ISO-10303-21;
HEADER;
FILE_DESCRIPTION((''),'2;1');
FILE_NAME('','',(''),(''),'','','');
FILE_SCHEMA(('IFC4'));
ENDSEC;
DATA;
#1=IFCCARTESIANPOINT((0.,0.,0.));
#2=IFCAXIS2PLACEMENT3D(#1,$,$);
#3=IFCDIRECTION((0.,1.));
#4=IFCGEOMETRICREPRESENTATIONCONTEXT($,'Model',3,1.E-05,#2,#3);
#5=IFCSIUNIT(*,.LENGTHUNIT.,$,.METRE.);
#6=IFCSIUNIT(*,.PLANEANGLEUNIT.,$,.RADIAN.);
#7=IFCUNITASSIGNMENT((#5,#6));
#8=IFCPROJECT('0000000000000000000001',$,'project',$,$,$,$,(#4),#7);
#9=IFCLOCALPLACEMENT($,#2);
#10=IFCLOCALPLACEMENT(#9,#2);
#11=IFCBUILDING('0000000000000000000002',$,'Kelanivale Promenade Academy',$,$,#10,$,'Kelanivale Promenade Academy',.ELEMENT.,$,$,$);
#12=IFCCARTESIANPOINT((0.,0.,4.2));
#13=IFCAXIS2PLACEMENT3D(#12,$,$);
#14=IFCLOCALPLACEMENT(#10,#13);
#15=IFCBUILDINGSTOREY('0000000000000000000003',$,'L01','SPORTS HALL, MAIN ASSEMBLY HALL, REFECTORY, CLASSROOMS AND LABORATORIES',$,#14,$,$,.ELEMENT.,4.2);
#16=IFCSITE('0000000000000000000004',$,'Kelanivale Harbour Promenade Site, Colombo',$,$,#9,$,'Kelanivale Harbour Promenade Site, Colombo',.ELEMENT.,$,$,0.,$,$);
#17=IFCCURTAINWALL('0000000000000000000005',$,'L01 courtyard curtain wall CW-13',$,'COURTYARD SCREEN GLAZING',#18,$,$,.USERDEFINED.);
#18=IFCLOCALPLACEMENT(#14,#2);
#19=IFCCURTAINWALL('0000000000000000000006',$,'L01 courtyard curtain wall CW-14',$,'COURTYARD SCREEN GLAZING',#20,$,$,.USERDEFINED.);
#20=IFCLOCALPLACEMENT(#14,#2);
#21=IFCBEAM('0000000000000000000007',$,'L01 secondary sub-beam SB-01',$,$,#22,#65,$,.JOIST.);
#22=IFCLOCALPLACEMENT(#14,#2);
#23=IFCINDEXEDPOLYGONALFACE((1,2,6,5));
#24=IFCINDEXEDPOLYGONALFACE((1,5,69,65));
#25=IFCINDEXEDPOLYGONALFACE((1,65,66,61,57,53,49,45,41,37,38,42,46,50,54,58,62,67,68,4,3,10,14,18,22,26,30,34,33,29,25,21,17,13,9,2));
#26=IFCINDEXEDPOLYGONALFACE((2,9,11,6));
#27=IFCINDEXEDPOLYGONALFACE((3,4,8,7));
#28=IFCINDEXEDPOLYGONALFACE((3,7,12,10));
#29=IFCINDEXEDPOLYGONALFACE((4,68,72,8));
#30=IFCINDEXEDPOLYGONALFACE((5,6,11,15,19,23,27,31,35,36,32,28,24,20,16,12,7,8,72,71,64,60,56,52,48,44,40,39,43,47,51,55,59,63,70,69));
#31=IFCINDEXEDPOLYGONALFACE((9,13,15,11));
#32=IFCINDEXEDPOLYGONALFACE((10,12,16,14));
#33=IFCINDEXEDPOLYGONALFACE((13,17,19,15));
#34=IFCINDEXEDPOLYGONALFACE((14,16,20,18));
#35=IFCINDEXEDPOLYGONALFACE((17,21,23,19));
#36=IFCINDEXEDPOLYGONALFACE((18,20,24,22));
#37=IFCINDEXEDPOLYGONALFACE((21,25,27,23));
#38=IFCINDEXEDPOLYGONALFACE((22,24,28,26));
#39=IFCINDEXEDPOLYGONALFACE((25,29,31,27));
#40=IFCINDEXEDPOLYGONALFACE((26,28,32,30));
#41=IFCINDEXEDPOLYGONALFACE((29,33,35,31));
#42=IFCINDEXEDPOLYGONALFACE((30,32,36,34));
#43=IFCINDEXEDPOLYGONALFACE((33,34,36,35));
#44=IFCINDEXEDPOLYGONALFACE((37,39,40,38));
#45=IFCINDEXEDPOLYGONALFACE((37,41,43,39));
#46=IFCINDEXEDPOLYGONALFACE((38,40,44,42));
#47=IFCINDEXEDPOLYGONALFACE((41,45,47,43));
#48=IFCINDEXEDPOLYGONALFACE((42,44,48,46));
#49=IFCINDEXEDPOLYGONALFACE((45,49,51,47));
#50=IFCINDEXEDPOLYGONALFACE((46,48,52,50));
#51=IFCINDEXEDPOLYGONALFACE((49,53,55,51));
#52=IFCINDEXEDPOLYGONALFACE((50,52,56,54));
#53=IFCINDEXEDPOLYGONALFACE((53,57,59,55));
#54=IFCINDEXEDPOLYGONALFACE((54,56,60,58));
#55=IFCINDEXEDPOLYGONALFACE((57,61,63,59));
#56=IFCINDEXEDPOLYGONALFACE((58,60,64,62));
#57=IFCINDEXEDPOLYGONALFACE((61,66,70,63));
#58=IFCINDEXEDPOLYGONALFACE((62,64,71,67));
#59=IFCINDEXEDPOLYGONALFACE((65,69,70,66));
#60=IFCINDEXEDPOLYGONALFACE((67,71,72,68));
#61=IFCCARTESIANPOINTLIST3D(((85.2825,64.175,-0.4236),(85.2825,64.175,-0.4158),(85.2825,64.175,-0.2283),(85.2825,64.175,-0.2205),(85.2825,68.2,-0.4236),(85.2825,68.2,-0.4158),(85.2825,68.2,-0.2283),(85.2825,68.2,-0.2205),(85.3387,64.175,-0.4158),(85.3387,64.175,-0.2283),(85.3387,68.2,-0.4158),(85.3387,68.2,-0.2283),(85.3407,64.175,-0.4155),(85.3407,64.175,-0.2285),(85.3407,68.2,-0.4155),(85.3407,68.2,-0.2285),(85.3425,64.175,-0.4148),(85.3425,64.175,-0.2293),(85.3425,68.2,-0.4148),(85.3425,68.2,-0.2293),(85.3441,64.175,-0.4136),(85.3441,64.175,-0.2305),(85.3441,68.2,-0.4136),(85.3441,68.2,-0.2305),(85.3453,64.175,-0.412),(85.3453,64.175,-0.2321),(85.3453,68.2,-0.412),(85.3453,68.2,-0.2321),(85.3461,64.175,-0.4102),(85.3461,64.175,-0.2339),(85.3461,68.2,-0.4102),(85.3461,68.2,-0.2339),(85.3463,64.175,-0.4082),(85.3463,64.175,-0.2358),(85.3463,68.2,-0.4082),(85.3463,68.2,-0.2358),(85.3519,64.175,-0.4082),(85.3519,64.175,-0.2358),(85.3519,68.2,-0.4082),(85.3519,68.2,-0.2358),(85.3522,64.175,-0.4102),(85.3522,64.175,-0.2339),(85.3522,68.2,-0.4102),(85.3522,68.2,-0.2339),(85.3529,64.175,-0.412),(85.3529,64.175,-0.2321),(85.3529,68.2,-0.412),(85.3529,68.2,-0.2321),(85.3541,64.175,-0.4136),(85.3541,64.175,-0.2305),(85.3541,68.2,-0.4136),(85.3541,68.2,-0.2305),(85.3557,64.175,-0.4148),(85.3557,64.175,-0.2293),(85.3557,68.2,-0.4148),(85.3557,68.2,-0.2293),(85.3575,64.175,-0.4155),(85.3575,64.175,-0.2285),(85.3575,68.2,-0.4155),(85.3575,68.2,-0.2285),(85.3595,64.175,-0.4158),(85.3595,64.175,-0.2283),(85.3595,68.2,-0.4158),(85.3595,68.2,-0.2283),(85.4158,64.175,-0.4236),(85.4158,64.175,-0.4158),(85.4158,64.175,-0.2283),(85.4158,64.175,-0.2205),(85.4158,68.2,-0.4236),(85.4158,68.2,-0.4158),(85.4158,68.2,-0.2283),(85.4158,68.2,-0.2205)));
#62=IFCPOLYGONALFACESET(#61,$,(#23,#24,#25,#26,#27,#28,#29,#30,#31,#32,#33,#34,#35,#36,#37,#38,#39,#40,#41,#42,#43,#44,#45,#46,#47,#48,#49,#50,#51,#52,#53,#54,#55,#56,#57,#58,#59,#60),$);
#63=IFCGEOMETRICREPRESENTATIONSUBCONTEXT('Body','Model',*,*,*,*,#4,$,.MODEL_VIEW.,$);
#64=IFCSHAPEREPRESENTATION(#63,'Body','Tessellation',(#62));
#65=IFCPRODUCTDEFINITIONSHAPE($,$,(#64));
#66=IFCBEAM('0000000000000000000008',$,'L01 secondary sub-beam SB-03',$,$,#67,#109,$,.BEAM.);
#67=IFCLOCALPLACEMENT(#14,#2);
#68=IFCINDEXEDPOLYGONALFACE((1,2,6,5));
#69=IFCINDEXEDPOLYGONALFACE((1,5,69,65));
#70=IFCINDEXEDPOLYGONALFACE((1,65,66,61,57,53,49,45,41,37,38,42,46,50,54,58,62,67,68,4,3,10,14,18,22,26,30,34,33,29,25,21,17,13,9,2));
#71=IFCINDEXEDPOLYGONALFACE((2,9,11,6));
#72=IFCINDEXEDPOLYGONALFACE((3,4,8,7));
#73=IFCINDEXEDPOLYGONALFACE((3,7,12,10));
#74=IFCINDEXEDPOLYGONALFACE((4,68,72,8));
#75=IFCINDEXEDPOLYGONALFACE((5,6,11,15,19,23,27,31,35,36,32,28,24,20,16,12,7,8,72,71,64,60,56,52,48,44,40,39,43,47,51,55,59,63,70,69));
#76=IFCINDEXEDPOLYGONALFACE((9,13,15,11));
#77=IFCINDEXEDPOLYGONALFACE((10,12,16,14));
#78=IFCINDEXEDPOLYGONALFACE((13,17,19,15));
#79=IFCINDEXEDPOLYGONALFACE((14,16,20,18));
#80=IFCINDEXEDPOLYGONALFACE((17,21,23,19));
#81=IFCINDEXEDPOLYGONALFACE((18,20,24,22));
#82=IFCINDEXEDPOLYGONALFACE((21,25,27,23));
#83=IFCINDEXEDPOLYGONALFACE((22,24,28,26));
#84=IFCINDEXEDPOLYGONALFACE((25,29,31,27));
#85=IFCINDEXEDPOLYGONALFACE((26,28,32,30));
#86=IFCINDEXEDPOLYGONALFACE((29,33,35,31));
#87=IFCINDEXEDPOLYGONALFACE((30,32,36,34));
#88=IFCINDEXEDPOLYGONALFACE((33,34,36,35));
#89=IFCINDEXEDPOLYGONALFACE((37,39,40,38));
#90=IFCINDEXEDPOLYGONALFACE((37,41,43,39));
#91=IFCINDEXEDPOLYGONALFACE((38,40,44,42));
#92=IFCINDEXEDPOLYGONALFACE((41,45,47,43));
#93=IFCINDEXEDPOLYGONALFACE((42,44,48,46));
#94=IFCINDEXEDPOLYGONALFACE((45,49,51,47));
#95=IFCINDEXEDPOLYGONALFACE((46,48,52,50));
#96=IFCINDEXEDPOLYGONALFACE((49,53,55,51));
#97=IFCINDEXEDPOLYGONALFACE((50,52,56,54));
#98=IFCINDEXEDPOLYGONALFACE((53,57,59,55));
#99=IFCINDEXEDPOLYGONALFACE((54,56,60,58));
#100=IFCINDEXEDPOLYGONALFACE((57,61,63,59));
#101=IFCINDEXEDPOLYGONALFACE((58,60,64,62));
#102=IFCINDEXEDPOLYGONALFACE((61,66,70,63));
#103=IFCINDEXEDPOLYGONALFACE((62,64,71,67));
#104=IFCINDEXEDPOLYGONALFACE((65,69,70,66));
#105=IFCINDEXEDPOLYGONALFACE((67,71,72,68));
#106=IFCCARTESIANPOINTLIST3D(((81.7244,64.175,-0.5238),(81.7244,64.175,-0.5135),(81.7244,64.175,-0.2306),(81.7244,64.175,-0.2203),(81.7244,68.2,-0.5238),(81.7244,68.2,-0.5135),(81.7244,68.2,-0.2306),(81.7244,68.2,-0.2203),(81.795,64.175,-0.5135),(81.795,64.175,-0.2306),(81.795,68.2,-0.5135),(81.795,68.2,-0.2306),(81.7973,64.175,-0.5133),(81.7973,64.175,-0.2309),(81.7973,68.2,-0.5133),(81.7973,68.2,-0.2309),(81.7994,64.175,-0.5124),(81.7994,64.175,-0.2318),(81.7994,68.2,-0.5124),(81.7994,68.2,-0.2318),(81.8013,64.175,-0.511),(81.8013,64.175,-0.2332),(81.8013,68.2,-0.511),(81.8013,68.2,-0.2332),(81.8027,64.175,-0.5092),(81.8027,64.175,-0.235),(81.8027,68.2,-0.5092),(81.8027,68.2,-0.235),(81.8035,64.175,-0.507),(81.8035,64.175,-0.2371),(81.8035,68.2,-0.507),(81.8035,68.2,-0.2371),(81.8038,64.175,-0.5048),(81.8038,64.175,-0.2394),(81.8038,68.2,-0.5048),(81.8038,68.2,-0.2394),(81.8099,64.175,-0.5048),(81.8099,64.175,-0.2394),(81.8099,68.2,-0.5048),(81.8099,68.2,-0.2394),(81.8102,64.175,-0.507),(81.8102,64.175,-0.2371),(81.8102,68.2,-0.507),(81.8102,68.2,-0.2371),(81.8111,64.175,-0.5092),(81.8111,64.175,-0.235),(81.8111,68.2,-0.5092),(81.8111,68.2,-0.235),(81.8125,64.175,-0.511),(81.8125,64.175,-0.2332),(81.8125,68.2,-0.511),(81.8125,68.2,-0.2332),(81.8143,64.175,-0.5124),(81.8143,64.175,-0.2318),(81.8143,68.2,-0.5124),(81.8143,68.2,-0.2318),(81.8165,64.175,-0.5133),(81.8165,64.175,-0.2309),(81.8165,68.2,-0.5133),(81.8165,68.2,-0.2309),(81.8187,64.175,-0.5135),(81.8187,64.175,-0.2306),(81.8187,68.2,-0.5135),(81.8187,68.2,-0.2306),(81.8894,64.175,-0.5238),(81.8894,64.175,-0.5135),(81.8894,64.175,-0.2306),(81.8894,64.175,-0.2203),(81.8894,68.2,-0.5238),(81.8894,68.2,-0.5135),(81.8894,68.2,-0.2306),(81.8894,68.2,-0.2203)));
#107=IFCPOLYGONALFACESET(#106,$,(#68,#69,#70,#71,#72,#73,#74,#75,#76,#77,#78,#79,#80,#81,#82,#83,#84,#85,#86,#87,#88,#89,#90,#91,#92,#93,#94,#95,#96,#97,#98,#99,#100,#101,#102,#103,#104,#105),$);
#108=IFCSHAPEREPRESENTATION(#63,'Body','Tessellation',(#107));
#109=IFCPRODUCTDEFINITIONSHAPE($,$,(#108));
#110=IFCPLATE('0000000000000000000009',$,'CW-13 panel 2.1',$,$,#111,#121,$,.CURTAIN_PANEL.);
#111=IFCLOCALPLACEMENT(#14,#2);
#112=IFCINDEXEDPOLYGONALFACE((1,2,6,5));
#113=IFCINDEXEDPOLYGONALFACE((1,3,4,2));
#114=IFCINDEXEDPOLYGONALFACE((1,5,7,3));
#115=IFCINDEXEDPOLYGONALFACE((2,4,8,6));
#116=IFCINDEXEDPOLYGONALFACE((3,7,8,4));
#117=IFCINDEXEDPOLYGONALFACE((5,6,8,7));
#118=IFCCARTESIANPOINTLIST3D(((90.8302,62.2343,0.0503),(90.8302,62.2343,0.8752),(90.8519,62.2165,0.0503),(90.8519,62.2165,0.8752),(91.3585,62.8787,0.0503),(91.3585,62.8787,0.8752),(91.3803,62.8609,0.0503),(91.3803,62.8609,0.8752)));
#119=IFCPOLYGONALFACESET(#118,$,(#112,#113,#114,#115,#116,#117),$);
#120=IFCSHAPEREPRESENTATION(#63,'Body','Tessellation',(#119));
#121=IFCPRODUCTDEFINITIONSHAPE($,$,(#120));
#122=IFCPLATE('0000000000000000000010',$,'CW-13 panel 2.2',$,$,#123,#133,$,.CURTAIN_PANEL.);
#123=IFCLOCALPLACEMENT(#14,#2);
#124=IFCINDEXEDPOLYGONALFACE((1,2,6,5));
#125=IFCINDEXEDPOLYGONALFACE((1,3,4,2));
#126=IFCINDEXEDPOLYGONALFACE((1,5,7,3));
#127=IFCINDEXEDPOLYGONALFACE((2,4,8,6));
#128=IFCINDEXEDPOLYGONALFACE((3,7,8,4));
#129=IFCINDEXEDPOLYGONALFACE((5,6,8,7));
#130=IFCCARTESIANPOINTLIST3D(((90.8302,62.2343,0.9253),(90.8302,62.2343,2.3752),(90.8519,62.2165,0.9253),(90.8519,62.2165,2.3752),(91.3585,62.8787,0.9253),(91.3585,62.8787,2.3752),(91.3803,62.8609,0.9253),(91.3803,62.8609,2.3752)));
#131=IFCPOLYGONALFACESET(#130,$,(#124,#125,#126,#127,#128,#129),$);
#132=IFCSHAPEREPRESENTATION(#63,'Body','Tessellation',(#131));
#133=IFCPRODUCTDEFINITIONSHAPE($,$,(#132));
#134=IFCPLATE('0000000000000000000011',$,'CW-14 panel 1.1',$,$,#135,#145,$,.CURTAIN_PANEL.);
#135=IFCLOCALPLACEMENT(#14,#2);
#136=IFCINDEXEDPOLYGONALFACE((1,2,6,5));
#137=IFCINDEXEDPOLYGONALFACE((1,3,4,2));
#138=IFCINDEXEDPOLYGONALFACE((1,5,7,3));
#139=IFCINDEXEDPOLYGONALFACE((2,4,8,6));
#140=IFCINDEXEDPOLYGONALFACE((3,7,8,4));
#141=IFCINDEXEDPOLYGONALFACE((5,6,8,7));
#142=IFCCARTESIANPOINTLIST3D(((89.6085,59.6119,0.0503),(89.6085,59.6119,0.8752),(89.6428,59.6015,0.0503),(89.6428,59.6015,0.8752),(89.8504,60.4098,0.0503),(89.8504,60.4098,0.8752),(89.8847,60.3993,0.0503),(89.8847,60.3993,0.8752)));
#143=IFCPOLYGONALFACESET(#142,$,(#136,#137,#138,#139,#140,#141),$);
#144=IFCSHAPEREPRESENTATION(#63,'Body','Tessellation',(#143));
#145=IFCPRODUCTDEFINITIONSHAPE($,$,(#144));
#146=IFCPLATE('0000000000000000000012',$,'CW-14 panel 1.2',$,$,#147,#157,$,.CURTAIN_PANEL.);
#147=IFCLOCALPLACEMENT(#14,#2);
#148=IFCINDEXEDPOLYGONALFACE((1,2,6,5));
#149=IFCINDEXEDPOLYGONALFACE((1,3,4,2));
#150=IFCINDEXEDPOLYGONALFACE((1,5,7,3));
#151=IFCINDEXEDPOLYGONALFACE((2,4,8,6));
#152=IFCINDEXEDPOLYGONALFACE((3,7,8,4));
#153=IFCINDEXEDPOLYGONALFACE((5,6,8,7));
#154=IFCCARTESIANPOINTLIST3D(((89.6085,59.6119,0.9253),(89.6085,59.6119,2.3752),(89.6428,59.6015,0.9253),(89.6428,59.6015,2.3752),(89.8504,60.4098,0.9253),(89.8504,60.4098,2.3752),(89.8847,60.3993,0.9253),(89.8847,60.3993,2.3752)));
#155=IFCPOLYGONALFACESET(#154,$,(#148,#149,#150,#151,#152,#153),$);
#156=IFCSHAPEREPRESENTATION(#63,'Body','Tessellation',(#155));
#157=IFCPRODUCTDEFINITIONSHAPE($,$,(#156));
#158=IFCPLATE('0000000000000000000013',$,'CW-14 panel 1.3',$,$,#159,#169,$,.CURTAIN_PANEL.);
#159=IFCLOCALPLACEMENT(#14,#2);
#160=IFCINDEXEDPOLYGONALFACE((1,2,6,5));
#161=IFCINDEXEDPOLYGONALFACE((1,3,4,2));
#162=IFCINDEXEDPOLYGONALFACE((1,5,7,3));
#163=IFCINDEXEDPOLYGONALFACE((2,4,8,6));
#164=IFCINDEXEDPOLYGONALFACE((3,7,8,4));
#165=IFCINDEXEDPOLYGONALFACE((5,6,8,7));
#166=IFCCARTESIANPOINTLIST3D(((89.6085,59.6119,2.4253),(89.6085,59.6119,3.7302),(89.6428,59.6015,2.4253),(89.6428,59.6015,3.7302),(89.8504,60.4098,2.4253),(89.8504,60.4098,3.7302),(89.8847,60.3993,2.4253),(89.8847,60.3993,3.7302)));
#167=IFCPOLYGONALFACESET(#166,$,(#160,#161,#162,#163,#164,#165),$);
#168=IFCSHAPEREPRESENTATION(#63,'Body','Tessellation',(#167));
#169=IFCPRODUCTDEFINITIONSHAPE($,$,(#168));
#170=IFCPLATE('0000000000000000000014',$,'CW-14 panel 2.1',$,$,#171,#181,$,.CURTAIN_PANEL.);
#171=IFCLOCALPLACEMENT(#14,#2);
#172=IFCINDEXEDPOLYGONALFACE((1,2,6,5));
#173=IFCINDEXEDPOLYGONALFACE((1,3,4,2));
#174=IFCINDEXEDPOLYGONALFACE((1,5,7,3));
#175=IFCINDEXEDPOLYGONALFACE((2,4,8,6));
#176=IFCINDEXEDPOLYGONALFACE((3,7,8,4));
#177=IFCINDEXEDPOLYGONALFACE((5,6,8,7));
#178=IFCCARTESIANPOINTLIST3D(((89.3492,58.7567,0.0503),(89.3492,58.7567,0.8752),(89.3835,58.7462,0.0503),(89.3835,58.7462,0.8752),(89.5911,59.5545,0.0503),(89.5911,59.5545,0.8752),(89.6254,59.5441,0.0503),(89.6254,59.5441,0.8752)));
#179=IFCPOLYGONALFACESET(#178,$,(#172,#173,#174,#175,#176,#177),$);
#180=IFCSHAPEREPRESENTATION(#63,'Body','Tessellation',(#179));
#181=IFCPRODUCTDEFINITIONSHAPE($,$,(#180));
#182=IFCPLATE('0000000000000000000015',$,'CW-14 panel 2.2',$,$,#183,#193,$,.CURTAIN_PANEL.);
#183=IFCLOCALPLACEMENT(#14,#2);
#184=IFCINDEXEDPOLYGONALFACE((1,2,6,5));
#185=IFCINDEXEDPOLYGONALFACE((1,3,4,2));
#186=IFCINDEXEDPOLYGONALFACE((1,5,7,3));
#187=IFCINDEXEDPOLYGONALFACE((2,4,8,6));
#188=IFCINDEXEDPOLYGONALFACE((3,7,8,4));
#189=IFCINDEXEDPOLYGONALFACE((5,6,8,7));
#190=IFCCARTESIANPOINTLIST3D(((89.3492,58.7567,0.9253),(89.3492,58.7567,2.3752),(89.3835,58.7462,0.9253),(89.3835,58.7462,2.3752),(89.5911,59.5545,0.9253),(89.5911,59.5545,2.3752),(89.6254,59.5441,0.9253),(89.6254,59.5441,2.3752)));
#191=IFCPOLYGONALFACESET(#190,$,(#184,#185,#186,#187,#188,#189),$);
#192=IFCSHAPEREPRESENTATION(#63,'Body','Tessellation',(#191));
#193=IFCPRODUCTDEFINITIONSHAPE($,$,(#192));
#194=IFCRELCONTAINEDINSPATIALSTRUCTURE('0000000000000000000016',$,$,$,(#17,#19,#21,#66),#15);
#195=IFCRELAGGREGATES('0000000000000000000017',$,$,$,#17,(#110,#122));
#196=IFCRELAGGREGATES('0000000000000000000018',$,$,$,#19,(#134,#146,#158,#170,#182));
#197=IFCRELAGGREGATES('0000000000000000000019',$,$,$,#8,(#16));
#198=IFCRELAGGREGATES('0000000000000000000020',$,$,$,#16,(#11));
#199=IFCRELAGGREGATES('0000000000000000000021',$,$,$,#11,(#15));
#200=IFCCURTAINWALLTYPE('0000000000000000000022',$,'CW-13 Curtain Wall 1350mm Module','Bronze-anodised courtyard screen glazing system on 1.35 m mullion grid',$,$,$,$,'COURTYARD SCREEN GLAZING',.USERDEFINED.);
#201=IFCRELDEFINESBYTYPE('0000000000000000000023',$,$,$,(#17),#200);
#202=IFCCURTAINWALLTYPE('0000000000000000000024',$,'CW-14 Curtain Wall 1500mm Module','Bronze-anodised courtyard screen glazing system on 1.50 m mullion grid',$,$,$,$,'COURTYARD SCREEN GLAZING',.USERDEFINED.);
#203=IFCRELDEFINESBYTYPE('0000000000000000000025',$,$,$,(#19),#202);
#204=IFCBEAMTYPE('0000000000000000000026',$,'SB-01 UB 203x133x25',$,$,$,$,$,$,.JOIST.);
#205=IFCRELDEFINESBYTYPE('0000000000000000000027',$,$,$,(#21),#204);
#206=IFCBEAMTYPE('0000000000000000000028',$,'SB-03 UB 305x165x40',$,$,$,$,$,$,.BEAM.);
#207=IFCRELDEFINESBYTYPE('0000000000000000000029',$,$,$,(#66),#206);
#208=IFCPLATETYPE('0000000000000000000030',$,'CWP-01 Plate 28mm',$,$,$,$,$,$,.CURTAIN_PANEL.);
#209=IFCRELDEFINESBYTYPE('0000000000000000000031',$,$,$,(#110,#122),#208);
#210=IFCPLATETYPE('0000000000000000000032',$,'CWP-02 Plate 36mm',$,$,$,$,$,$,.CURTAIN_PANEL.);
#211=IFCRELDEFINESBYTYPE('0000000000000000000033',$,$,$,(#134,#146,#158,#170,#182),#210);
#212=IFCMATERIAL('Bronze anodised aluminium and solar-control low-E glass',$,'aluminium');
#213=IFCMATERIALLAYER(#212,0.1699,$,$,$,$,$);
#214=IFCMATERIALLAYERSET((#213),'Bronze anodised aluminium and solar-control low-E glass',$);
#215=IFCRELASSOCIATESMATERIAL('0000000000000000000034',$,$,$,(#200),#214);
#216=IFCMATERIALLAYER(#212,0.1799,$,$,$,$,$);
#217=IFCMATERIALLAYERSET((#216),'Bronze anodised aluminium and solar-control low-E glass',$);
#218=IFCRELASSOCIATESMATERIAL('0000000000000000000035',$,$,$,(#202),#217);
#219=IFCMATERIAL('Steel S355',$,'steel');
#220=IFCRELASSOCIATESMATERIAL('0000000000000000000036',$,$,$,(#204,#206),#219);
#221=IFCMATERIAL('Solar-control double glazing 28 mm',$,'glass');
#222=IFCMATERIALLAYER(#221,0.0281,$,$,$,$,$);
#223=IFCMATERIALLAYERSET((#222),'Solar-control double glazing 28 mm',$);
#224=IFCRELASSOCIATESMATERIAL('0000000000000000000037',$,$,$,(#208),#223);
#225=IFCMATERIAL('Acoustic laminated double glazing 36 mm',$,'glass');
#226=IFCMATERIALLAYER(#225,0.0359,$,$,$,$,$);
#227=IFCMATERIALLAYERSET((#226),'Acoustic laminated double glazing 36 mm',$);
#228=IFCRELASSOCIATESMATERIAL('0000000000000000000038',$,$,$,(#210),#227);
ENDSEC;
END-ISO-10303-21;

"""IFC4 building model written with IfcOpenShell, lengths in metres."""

from ifc_helpers import new_model, si_unit, direction, frame, origin, origin_2d, place, context, subcontext, project, spatial, rectangle, i_section, extrude, material, layer, layer_set, material_profile, profile_set, type_object, element, aggregate, save


model = new_model("IFC4")

# Units and contexts
model_context = context("Model", 3, precision=1e-05, world=origin(), true_north=direction((0.0, 1.0)))
body_context = subcontext(model_context, "Body", "Model", "MODEL_VIEW")
ifc_project = project(units=[si_unit("LENGTHUNIT", "METRE"), si_unit("PLANEANGLEUNIT", "RADIAN")], contexts=[model_context])

# Site, building, storey
site_placement = place(None, origin())
site = spatial("IfcSite", under=ifc_project, at=site_placement, Name="Kelanivale Harbour Promenade Site, Colombo", LongName="Kelanivale Harbour Promenade Site, Colombo", CompositionType="ELEMENT", RefElevation=0.0)
building_placement = place(site_placement, origin())
building = spatial("IfcBuilding", under=site, at=building_placement, Name="Kelanivale Promenade Academy", LongName="Kelanivale Promenade Academy", CompositionType="ELEMENT")
storey_placement = place(building_placement, frame((0.0, 0.0, 4.2)))
storey = spatial("IfcBuildingStorey", under=building, at=storey_placement, Name="L01", Description="SPORTS HALL, MAIN ASSEMBLY HALL, REFECTORY, CLASSROOMS AND LABORATORIES", CompositionType="ELEMENT", Elevation=4.2)

# Curtain wall
ifc_material_1 = material(Name="Bronze anodised aluminium and solar-control low-E glass", Category="aluminium")
ifc_layer_1 = layer(ifc_material_1, 0.1699)
ifc_layer_set_1 = layer_set([ifc_layer_1], Name="Bronze anodised aluminium and solar-control low-E glass")
curtain_wall_type_1 = type_object("IfcCurtainWallType", Name="CW-13 Curtain Wall 1350mm Module", Description="Bronze-anodised courtyard screen glazing system on 1.35 m mullion grid", ElementType="COURTYARD SCREEN GLAZING", PredefinedType="USERDEFINED", material=ifc_layer_set_1)
curtain_wall_1_placement = place(storey_placement, origin())
curtain_wall_1 = element("IfcCurtainWall", 1, at=curtain_wall_1_placement, inside=storey, type_object=curtain_wall_type_1, Name="L01 courtyard curtain wall CW-13", ObjectType="COURTYARD SCREEN GLAZING", PredefinedType="USERDEFINED")

# Curtain wall
ifc_layer_2 = layer(ifc_material_1, 0.1799)
ifc_layer_set_2 = layer_set([ifc_layer_2], Name="Bronze anodised aluminium and solar-control low-E glass")
curtain_wall_type_2 = type_object("IfcCurtainWallType", Name="CW-14 Curtain Wall 1500mm Module", Description="Bronze-anodised courtyard screen glazing system on 1.50 m mullion grid", ElementType="COURTYARD SCREEN GLAZING", PredefinedType="USERDEFINED", material=ifc_layer_set_2)
curtain_wall_2_placement = place(storey_placement, origin())
curtain_wall_2 = element("IfcCurtainWall", 2, at=curtain_wall_2_placement, inside=storey, type_object=curtain_wall_type_2, Name="L01 courtyard curtain wall CW-14", ObjectType="COURTYARD SCREEN GLAZING", PredefinedType="USERDEFINED")

# Beams
ifc_material_2 = material(Name="Steel S355", Category="steel")
ifc_material_profile_1 = material_profile(ifc_material_2, i_section(OverallWidth=0.1333, OverallDepth=0.2031, WebThickness=0.0056, FlangeThickness=0.0078, FilletRadius=0.0076, at=origin_2d()), Name="UB 203x133x25")
ifc_profile_set_1 = profile_set([ifc_material_profile_1], Name="Steel S355")
beam_type_1 = type_object("IfcBeamType", Name="SB-01 UB 203x133x25", PredefinedType="JOIST", material=ifc_profile_set_1)
beam_1_placement = place(storey_placement, frame((85.3491, 64.175, -0.322), z_axis=(0.0, 1.0, 0.0), x_axis=(-1.0, 0.0, 0.0)))
element("IfcBeam", 3, at=beam_1_placement, inside=storey, type_object=beam_type_1, Name="L01 secondary sub-beam SB-01", PredefinedType="JOIST", context=body_context, shape_type="SweptSolid", body=[
    extrude(i_section(OverallWidth=0.1333, OverallDepth=0.2031, WebThickness=0.0056, FlangeThickness=0.0078, FilletRadius=0.0076, at=origin_2d()), origin(), (0.0, 0.0, 1.0), 4.0249),
])
ifc_material_profile_2 = material_profile(ifc_material_2, i_section(OverallWidth=0.165, OverallDepth=0.3035, WebThickness=0.0061, FlangeThickness=0.0103, FilletRadius=0.0088, at=origin_2d()), Name="UB 305x165x40")
ifc_profile_set_2 = profile_set([ifc_material_profile_2], Name="Steel S355")
beam_type_2 = type_object("IfcBeamType", Name="SB-03 UB 305x165x40", PredefinedType="BEAM", material=ifc_profile_set_2)
beam_2_placement = place(storey_placement, frame((81.8069, 64.175, -0.3721), z_axis=(0.0, 1.0, 0.0), x_axis=(-1.0, 0.0, 0.0)))
element("IfcBeam", 4, at=beam_2_placement, inside=storey, type_object=beam_type_2, Name="L01 secondary sub-beam SB-03", PredefinedType="BEAM", context=body_context, shape_type="SweptSolid", body=[
    extrude(i_section(OverallWidth=0.165, OverallDepth=0.3035, WebThickness=0.0061, FlangeThickness=0.0103, FilletRadius=0.0088, at=origin_2d()), origin(), (0.0, 0.0, 1.0), 4.0249),
])

# Plates
ifc_material_3 = material(Name="Solar-control double glazing 28 mm", Category="glass")
ifc_layer_3 = layer(ifc_material_3, 0.0281)
ifc_layer_set_3 = layer_set([ifc_layer_3], Name="Solar-control double glazing 28 mm")
plate_type_1 = type_object("IfcPlateType", Name="CWP-01 Plate 28mm", PredefinedType="CURTAIN_PANEL", material=ifc_layer_set_3)
plate_1_placement = place(storey_placement, frame((91.1052, 62.5476, 0.0503), z_axis=(0.0, 0.0, 1.0), x_axis=(-0.634093, -0.773257, 0.0)))
plate_1 = element("IfcPlate", 5, at=plate_1_placement, type_object=plate_type_1, Name="CW-13 panel 2.1", PredefinedType="CURTAIN_PANEL", context=body_context, shape_type="SweptSolid", body=[
    extrude(rectangle(XDim=0.8333, YDim=0.0281, at=origin_2d()), origin(), (0.0, 0.0, 1.0), 0.825),
])
plate_2_placement = place(storey_placement, frame((91.1052, 62.5476, 0.9253), z_axis=(0.0, 0.0, 1.0), x_axis=(-0.634093, -0.773257, 0.0)))
plate_2 = element("IfcPlate", 6, at=plate_2_placement, type_object=plate_type_1, Name="CW-13 panel 2.2", PredefinedType="CURTAIN_PANEL", context=body_context, shape_type="SweptSolid", body=[
    extrude(rectangle(XDim=0.8333, YDim=0.0281, at=origin_2d()), origin(), (0.0, 0.0, 1.0), 1.45),
])
aggregate(curtain_wall_1, [plate_1, plate_2])
ifc_material_4 = material(Name="Acoustic laminated double glazing 36 mm", Category="glass")
ifc_layer_4 = layer(ifc_material_4, 0.0359)
ifc_layer_set_4 = layer_set([ifc_layer_4], Name="Acoustic laminated double glazing 36 mm")
plate_type_2 = type_object("IfcPlateType", Name="CWP-02 Plate 36mm", PredefinedType="CURTAIN_PANEL", material=ifc_layer_set_4)
plate_3_placement = place(storey_placement, frame((89.7466, 60.0056, 0.0503), z_axis=(0.0, 0.0, 1.0), x_axis=(-0.290128, -0.956988, 0.0)))
plate_3 = element("IfcPlate", 7, at=plate_3_placement, type_object=plate_type_2, Name="CW-14 panel 1.1", PredefinedType="CURTAIN_PANEL", context=body_context, shape_type="SweptSolid", body=[
    extrude(rectangle(XDim=0.8337, YDim=0.0359, at=origin_2d()), origin(), (0.0, 0.0, 1.0), 0.825),
])
plate_4_placement = place(storey_placement, frame((89.7466, 60.0056, 0.9253), z_axis=(0.0, 0.0, 1.0), x_axis=(-0.290128, -0.956988, 0.0)))
plate_4 = element("IfcPlate", 8, at=plate_4_placement, type_object=plate_type_2, Name="CW-14 panel 1.2", PredefinedType="CURTAIN_PANEL", context=body_context, shape_type="SweptSolid", body=[
    extrude(rectangle(XDim=0.8337, YDim=0.0359, at=origin_2d()), origin(), (0.0, 0.0, 1.0), 1.45),
])
plate_5_placement = place(storey_placement, frame((89.7466, 60.0056, 2.4253), z_axis=(0.0, 0.0, 1.0), x_axis=(-0.290128, -0.956988, 0.0)))
plate_5 = element("IfcPlate", 9, at=plate_5_placement, type_object=plate_type_2, Name="CW-14 panel 1.3", PredefinedType="CURTAIN_PANEL", context=body_context, shape_type="SweptSolid", body=[
    extrude(rectangle(XDim=0.8337, YDim=0.0359, at=origin_2d()), origin(), (0.0, 0.0, 1.0), 1.3049),
])
plate_6_placement = place(storey_placement, frame((89.4873, 59.1504, 0.0503), z_axis=(0.0, 0.0, 1.0), x_axis=(-0.290128, -0.956988, 0.0)))
plate_6 = element("IfcPlate", 10, at=plate_6_placement, type_object=plate_type_2, Name="CW-14 panel 2.1", PredefinedType="CURTAIN_PANEL", context=body_context, shape_type="SweptSolid", body=[
    extrude(rectangle(XDim=0.8337, YDim=0.0359, at=origin_2d()), origin(), (0.0, 0.0, 1.0), 0.825),
])
plate_7_placement = place(storey_placement, frame((89.4873, 59.1504, 0.9253), z_axis=(0.0, 0.0, 1.0), x_axis=(-0.290128, -0.956988, 0.0)))
plate_7 = element("IfcPlate", 11, at=plate_7_placement, type_object=plate_type_2, Name="CW-14 panel 2.2", PredefinedType="CURTAIN_PANEL", context=body_context, shape_type="SweptSolid", body=[
    extrude(rectangle(XDim=0.8337, YDim=0.0359, at=origin_2d()), origin(), (0.0, 0.0, 1.0), 1.45),
])
aggregate(curtain_wall_2, [plate_3, plate_4, plate_5, plate_6, plate_7])

save(model, "model.ifc")
